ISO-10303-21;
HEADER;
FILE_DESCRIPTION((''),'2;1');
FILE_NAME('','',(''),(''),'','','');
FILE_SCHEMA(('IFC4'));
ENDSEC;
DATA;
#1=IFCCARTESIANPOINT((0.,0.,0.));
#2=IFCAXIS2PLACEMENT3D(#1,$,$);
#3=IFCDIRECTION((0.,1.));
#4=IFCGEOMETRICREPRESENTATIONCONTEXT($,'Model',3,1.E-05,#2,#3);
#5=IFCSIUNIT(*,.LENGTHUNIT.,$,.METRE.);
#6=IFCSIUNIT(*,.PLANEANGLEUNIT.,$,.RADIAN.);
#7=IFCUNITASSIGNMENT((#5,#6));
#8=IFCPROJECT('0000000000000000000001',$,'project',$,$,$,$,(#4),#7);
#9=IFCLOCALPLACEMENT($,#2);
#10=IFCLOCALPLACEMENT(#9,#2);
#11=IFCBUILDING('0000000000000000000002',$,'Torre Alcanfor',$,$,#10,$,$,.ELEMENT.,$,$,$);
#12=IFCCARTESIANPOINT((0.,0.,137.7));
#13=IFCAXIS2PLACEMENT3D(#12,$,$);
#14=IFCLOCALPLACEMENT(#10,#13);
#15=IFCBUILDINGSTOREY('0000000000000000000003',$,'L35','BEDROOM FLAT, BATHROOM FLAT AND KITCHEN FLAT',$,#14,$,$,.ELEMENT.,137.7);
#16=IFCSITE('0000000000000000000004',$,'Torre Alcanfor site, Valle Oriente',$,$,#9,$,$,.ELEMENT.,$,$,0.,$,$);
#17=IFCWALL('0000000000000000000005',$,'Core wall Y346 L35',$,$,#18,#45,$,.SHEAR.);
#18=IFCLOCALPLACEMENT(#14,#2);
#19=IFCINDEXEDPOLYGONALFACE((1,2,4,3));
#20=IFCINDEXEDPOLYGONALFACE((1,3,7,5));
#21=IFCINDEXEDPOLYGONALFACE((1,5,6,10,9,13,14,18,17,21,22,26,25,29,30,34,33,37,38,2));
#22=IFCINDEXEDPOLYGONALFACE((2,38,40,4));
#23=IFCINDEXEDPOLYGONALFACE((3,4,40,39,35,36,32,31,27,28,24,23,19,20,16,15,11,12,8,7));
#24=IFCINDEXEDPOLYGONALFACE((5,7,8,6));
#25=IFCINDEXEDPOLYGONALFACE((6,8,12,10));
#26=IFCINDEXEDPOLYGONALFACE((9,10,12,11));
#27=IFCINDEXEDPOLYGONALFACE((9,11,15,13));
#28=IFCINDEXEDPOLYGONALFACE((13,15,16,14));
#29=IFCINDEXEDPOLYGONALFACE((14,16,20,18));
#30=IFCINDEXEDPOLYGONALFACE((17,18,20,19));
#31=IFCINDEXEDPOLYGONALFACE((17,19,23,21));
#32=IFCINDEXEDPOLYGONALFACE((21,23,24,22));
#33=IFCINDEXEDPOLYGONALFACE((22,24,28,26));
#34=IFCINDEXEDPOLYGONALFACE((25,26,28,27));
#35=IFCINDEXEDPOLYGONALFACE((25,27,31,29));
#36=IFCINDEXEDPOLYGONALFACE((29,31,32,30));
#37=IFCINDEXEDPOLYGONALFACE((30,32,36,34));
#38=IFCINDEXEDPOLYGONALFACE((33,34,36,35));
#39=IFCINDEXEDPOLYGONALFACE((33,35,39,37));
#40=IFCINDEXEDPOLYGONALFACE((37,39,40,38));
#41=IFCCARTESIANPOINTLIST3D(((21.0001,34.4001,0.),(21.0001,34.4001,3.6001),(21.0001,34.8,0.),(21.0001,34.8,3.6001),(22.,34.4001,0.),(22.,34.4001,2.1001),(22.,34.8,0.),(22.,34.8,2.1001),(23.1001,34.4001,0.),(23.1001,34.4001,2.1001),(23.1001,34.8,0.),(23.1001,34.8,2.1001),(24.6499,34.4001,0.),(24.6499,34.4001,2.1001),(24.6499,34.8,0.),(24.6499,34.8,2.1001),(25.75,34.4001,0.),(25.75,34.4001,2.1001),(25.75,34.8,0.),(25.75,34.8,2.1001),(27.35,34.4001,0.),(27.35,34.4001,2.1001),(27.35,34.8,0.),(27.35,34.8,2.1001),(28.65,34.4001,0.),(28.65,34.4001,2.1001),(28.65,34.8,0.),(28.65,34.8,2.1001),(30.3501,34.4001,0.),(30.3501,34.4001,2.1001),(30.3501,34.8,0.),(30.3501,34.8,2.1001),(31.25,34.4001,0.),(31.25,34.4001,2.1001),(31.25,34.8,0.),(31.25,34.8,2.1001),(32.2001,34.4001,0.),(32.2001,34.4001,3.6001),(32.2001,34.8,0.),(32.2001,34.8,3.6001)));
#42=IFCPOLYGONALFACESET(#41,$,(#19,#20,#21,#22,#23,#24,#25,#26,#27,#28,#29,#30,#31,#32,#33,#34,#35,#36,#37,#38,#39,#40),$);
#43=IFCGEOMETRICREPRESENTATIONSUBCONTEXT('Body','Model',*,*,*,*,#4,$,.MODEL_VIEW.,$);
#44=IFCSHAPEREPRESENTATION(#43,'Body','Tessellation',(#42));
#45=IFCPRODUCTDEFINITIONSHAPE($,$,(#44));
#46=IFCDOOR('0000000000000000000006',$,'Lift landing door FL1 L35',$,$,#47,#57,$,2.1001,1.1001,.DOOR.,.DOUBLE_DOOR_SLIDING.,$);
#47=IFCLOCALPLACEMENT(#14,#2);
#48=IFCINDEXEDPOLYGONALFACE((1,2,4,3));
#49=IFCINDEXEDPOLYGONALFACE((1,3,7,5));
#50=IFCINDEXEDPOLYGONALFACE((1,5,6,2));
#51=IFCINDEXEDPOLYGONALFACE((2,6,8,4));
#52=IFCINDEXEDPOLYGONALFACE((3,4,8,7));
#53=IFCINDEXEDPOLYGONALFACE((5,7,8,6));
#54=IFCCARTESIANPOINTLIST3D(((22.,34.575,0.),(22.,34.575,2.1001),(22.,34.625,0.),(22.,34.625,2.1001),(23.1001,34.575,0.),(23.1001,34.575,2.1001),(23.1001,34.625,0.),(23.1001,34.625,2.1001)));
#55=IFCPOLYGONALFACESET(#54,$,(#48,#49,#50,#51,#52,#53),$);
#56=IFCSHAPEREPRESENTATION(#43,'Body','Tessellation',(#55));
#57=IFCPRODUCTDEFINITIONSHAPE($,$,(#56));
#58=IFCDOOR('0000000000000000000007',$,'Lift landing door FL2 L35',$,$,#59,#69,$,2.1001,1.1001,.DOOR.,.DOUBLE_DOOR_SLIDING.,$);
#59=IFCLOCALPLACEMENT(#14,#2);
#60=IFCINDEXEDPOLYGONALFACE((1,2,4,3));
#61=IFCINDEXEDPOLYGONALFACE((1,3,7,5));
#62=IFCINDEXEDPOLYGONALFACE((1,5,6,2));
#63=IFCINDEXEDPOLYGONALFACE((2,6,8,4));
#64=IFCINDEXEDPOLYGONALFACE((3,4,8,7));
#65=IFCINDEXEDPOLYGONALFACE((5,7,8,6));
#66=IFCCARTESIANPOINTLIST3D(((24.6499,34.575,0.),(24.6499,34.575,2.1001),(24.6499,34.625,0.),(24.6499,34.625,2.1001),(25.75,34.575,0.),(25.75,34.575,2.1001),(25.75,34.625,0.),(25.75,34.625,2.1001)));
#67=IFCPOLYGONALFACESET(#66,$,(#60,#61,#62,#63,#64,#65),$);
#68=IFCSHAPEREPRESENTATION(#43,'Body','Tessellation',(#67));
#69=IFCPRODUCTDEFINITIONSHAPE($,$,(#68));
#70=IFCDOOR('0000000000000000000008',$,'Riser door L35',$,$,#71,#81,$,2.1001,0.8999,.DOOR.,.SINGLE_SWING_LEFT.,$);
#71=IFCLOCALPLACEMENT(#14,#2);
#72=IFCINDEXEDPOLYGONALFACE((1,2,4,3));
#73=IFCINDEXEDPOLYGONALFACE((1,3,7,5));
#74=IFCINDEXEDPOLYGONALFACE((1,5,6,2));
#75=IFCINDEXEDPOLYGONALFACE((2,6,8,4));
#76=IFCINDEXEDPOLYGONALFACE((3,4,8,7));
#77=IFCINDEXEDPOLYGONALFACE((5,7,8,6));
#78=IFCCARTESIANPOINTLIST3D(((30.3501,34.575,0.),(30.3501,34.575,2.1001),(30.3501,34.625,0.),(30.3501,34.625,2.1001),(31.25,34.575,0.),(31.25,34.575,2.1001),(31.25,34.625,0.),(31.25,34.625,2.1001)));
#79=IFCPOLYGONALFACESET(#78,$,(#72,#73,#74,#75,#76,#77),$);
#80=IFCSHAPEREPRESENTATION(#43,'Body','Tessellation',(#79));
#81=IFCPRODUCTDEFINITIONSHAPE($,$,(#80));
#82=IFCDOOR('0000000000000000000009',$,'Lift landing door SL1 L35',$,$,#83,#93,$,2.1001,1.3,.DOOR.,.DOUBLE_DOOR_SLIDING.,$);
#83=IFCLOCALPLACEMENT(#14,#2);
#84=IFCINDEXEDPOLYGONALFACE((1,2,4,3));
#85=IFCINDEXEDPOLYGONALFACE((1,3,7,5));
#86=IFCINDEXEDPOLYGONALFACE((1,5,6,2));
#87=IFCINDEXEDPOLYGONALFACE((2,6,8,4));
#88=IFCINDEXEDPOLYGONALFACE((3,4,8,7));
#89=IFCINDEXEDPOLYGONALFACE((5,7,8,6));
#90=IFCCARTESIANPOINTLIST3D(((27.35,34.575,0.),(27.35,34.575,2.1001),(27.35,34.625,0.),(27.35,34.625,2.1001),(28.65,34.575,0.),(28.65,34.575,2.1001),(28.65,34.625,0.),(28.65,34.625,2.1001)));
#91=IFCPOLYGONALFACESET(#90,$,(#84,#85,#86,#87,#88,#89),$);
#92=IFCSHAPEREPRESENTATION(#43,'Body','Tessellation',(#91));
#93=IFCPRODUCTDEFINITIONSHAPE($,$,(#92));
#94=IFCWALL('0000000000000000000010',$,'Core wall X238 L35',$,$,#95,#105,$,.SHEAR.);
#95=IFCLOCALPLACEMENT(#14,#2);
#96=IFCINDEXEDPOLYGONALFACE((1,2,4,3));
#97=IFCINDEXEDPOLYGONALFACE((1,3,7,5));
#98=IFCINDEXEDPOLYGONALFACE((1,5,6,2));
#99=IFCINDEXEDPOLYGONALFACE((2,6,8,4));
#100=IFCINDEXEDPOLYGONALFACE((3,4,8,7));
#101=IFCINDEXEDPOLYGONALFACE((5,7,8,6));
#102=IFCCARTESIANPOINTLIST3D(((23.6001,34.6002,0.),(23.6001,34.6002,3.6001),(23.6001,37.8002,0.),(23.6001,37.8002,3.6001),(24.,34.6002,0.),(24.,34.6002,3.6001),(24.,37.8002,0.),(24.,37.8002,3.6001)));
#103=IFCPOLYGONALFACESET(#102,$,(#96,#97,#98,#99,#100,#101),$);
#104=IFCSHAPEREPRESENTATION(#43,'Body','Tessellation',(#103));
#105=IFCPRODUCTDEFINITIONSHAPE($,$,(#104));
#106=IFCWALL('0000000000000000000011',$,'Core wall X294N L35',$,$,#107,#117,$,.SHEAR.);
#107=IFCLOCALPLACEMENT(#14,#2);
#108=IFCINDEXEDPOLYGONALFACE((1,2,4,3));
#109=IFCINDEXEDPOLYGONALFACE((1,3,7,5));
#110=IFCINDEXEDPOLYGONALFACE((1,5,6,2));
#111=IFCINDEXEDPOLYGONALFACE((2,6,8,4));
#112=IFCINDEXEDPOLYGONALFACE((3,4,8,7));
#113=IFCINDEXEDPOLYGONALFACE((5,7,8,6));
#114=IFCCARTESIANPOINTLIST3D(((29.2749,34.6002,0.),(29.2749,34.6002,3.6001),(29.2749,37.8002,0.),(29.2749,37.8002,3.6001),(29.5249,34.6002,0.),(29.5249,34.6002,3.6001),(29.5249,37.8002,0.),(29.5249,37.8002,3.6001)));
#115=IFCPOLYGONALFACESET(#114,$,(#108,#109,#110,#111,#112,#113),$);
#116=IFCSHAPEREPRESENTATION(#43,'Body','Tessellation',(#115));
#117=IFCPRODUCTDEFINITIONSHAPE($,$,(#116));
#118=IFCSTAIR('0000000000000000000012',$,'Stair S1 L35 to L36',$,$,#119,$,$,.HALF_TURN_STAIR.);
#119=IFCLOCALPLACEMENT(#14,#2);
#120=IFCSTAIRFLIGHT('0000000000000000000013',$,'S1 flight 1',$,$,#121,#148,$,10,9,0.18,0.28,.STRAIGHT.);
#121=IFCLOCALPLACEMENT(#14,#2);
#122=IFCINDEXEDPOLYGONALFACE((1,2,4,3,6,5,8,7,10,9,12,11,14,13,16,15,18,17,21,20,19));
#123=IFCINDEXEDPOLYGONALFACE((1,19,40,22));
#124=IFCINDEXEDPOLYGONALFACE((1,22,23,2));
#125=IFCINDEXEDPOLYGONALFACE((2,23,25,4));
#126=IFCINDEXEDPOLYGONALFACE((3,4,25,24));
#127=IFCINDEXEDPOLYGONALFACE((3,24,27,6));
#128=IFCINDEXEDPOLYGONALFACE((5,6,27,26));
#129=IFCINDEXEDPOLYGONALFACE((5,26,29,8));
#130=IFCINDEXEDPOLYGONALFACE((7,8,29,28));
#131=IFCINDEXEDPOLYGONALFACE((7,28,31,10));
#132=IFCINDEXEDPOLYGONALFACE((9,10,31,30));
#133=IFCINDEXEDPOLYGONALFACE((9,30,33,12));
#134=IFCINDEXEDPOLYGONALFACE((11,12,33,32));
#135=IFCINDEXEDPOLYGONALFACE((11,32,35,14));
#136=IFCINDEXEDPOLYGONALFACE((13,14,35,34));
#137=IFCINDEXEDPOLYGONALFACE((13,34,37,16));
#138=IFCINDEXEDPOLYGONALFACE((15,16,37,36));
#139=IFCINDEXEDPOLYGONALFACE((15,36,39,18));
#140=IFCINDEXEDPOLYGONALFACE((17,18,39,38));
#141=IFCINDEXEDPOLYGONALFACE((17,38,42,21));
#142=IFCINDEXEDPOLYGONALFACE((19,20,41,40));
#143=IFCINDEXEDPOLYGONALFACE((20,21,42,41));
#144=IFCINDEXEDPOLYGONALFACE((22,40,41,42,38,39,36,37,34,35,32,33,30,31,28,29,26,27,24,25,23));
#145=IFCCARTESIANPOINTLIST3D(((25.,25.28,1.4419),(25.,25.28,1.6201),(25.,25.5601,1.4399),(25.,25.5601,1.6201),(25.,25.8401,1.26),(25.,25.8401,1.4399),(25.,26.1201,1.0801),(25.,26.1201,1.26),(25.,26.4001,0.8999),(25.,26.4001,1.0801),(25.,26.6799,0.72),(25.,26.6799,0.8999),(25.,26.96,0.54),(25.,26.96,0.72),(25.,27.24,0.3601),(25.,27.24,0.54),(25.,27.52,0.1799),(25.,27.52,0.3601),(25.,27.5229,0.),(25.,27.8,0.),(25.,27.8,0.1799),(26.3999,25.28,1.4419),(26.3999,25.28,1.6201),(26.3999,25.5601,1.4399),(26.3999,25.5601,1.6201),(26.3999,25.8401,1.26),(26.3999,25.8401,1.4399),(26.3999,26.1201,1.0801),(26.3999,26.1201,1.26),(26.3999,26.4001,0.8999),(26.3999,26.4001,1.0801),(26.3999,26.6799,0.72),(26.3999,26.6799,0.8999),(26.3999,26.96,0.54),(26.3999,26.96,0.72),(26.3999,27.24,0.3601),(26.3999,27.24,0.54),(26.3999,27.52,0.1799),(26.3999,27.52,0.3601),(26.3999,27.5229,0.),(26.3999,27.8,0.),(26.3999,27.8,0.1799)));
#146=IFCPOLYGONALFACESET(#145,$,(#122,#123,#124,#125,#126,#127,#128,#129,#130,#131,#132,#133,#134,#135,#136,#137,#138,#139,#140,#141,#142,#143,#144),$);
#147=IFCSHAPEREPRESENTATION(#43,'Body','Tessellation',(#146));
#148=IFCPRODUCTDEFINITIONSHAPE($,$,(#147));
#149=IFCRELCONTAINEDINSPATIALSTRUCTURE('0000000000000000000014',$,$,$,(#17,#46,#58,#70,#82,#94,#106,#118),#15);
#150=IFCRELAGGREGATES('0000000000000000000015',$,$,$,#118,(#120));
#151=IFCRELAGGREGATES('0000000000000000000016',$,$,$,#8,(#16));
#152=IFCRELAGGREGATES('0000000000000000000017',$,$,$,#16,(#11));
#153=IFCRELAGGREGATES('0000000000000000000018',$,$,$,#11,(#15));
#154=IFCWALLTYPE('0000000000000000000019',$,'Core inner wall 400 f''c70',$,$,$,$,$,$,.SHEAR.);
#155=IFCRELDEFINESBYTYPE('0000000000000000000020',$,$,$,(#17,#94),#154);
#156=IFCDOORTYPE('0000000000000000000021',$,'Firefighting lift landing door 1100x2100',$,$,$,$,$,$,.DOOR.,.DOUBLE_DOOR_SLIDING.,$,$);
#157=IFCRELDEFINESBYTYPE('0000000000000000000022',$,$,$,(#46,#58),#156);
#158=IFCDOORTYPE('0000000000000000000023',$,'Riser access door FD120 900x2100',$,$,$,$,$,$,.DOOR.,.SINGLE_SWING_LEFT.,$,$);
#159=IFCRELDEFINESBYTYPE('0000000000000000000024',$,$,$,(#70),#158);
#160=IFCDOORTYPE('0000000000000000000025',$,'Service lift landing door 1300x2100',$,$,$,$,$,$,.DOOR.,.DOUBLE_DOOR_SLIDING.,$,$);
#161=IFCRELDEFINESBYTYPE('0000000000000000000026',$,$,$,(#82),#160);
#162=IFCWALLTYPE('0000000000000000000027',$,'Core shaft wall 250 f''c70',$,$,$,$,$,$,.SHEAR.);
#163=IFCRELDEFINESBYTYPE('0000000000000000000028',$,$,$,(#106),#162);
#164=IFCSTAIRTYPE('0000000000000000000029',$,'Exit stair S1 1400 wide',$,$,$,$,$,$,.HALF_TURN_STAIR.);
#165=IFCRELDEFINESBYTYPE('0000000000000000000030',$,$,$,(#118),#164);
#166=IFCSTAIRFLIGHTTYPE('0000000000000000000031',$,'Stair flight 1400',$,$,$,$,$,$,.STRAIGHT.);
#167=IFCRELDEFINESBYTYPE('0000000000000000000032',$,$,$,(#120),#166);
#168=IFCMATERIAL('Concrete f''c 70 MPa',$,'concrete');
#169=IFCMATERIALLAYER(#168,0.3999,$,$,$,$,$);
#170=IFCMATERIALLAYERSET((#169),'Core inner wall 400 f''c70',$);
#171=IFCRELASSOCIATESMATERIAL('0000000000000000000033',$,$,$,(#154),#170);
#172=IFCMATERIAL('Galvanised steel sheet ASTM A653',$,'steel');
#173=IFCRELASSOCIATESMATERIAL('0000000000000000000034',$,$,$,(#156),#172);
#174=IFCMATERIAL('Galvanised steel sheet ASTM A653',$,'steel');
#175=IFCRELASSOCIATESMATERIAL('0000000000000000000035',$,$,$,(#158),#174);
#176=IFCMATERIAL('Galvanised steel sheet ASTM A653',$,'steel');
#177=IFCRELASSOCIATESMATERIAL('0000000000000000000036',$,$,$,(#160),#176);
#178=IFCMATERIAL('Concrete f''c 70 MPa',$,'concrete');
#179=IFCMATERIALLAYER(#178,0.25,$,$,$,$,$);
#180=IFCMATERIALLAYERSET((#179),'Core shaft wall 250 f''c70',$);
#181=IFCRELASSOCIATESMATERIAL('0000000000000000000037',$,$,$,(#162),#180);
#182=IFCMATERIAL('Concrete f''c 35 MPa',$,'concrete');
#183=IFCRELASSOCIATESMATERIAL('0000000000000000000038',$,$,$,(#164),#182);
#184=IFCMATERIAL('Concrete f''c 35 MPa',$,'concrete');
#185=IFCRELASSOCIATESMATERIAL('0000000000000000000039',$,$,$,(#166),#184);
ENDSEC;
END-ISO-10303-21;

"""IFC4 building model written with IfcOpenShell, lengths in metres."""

from ifc_helpers import new_model, si_unit, direction, frame, frame_2d, origin, place, context, subcontext, project, spatial, polyline, rectangle, outline, extrude, material, layer, layer_set, type_object, element, fill, aggregate, save


model = new_model("IFC4")

# Units and contexts
model_context = context("Model", 3, precision=1e-05, world=origin(), true_north=direction((0.0, 1.0)))
body_context = subcontext(model_context, "Body", "Model", "MODEL_VIEW")
ifc_project = project(units=[si_unit("LENGTHUNIT", "METRE"), si_unit("PLANEANGLEUNIT", "RADIAN")], contexts=[model_context])

# Site, building, storey
site_placement = place(None, origin())
site = spatial("IfcSite", under=ifc_project, at=site_placement, Name="Torre Alcanfor site, Valle Oriente", CompositionType="ELEMENT", RefElevation=0.0)
building_placement = place(site_placement, origin())
building = spatial("IfcBuilding", under=site, at=building_placement, Name="Torre Alcanfor", CompositionType="ELEMENT")
storey_placement = place(building_placement, frame((0.0, 0.0, 137.7)))
storey = spatial("IfcBuildingStorey", under=building, at=storey_placement, Name="L35", Description="BEDROOM FLAT, BATHROOM FLAT AND KITCHEN FLAT", CompositionType="ELEMENT", Elevation=137.7)

# Shared definitions
ifc_material_1 = material(Name="Concrete f'c 70 MPa", Category="concrete")
ifc_layer_1 = layer(ifc_material_1, 0.3999)
ifc_layer_set_1 = layer_set([ifc_layer_1], Name="Core inner wall 400 f'c70")
wall_type_1 = type_object("IfcWallType", Name="Core inner wall 400 f'c70", PredefinedType="SHEAR", material=ifc_layer_set_1)

# Wall, openings, doors
wall_1_placement = place(storey_placement, frame((21.0, 34.6001, 0.0), z_axis=(0.0, 0.0, 1.0), x_axis=(1.0, 0.0, 0.0)))
wall_1 = element("IfcWall", 1, at=wall_1_placement, inside=storey, type_object=wall_type_1, Name="Core wall Y346 L35", PredefinedType="SHEAR", context=body_context, shape_type="SweptSolid", body=[
    extrude(rectangle(XDim=11.2, YDim=0.3999, at=frame_2d((5.6001, 0.0))), origin(), (0.0, 0.0, 1.0), 3.6001),
])
opening_1_placement = place(wall_1_placement, frame((9.3501, 0.0, 0.0)))
opening_1 = element("IfcOpeningElement", 2, at=opening_1_placement, cuts=wall_1, PredefinedType="OPENING", context=body_context, shape_type="SweptSolid", body=[
    extrude(rectangle(XDim=0.8999, YDim=2.1001, at=frame_2d((0.45, 1.05))), frame((0.0, 0.21, 0.0), z_axis=(0.0, -1.0, 0.0), x_axis=(1.0, 0.0, 0.0)), (0.0, 0.0, 1.0), 0.4199),
])
opening_2_placement = place(wall_1_placement, frame((1.0, 0.0, 0.0)))
opening_2 = element("IfcOpeningElement", 3, at=opening_2_placement, cuts=wall_1, PredefinedType="OPENING", context=body_context, shape_type="SweptSolid", body=[
    extrude(rectangle(XDim=1.1001, YDim=2.1001, at=frame_2d((0.55, 1.05))), frame((0.0, 0.21, 0.0), z_axis=(0.0, -1.0, 0.0), x_axis=(1.0, 0.0, 0.0)), (0.0, 0.0, 1.0), 0.4199),
])
opening_3_placement = place(wall_1_placement, frame((3.6499, 0.0, 0.0)))
opening_3 = element("IfcOpeningElement", 4, at=opening_3_placement, cuts=wall_1, PredefinedType="OPENING", context=body_context, shape_type="SweptSolid", body=[
    extrude(rectangle(XDim=1.1001, YDim=2.1001, at=frame_2d((0.55, 1.05))), frame((0.0, 0.21, 0.0), z_axis=(0.0, -1.0, 0.0), x_axis=(1.0, 0.0, 0.0)), (0.0, 0.0, 1.0), 0.4199),
])
opening_4_placement = place(wall_1_placement, frame((6.3501, 0.0, 0.0)))
opening_4 = element("IfcOpeningElement", 5, at=opening_4_placement, cuts=wall_1, PredefinedType="OPENING", context=body_context, shape_type="SweptSolid", body=[
    extrude(rectangle(XDim=1.3, YDim=2.1001, at=frame_2d((0.6499, 1.05))), frame((0.0, 0.21, 0.0), z_axis=(0.0, -1.0, 0.0), x_axis=(1.0, 0.0, 0.0)), (0.0, 0.0, 1.0), 0.4199),
])
ifc_material_2 = material(Name="Galvanised steel sheet ASTM A653", Category="steel")
door_type_1 = type_object("IfcDoorType", Name="Firefighting lift landing door 1100x2100", OperationType="DOUBLE_DOOR_SLIDING", PredefinedType="DOOR", material=ifc_material_2)
door_1_placement = place(opening_2_placement, origin())
door_1 = element("IfcDoor", 6, at=door_1_placement, inside=storey, type_object=door_type_1, Name="Lift landing door FL1 L35", OperationType="DOUBLE_DOOR_SLIDING", OverallHeight=2.1001, OverallWidth=1.1001, PredefinedType="DOOR", context=body_context, shape_type="SweptSolid", body=[
    extrude(rectangle(XDim=1.1001, YDim=2.1001, at=frame_2d((0.55, 1.05))), frame((0.0, 0.0249, 0.0), z_axis=(0.0, -1.0, 0.0), x_axis=(1.0, 0.0, 0.0)), (0.0, 0.0, 1.0), 0.05),
])
fill(opening_2, door_1)
door_2_placement = place(opening_3_placement, origin())
door_2 = element("IfcDoor", 7, at=door_2_placement, inside=storey, type_object=door_type_1, Name="Lift landing door FL2 L35", OperationType="DOUBLE_DOOR_SLIDING", OverallHeight=2.1001, OverallWidth=1.1001, PredefinedType="DOOR", context=body_context, shape_type="SweptSolid", body=[
    extrude(rectangle(XDim=1.1001, YDim=2.1001, at=frame_2d((0.55, 1.05))), frame((0.0, 0.0249, 0.0), z_axis=(0.0, -1.0, 0.0), x_axis=(1.0, 0.0, 0.0)), (0.0, 0.0, 1.0), 0.05),
])
fill(opening_3, door_2)
ifc_material_3 = material(Name="Galvanised steel sheet ASTM A653", Category="steel")
door_type_2 = type_object("IfcDoorType", Name="Riser access door FD120 900x2100", OperationType="SINGLE_SWING_LEFT", PredefinedType="DOOR", material=ifc_material_3)
door_3_placement = place(opening_1_placement, origin())
door_3 = element("IfcDoor", 8, at=door_3_placement, inside=storey, type_object=door_type_2, Name="Riser door L35", OperationType="SINGLE_SWING_LEFT", OverallHeight=2.1001, OverallWidth=0.8999, PredefinedType="DOOR", context=body_context, shape_type="SweptSolid", body=[
    extrude(rectangle(XDim=0.8999, YDim=2.1001, at=frame_2d((0.45, 1.05))), frame((0.0, 0.0249, 0.0), z_axis=(0.0, -1.0, 0.0), x_axis=(1.0, 0.0, 0.0)), (0.0, 0.0, 1.0), 0.05),
])
fill(opening_1, door_3)
ifc_material_4 = material(Name="Galvanised steel sheet ASTM A653", Category="steel")
door_type_3 = type_object("IfcDoorType", Name="Service lift landing door 1300x2100", OperationType="DOUBLE_DOOR_SLIDING", PredefinedType="DOOR", material=ifc_material_4)
door_4_placement = place(opening_4_placement, origin())
door_4 = element("IfcDoor", 9, at=door_4_placement, inside=storey, type_object=door_type_3, Name="Lift landing door SL1 L35", OperationType="DOUBLE_DOOR_SLIDING", OverallHeight=2.1001, OverallWidth=1.3, PredefinedType="DOOR", context=body_context, shape_type="SweptSolid", body=[
    extrude(rectangle(XDim=1.3, YDim=2.1001, at=frame_2d((0.6499, 1.05))), frame((0.0, 0.0249, 0.0), z_axis=(0.0, -1.0, 0.0), x_axis=(1.0, 0.0, 0.0)), (0.0, 0.0, 1.0), 0.05),
])
fill(opening_4, door_4)

# Walls
wall_2_placement = place(storey_placement, frame((23.8, 34.6001, 0.0), z_axis=(0.0, 0.0, 1.0), x_axis=(0.0, 1.0, 0.0)))
element("IfcWall", 10, at=wall_2_placement, inside=storey, type_object=wall_type_1, Name="Core wall X238 L35", PredefinedType="SHEAR", context=body_context, shape_type="SweptSolid", body=[
    extrude(rectangle(XDim=3.2, YDim=0.3999, at=frame_2d((1.6001, 0.0))), origin(), (0.0, 0.0, 1.0), 3.6001),
])
ifc_material_5 = material(Name="Concrete f'c 70 MPa", Category="concrete")
ifc_layer_2 = layer(ifc_material_5, 0.25)
ifc_layer_set_2 = layer_set([ifc_layer_2], Name="Core shaft wall 250 f'c70")
wall_type_2 = type_object("IfcWallType", Name="Core shaft wall 250 f'c70", PredefinedType="SHEAR", material=ifc_layer_set_2)
wall_3_placement = place(storey_placement, frame((29.3999, 34.6001, 0.0), z_axis=(0.0, 0.0, 1.0), x_axis=(0.0, 1.0, 0.0)))
element("IfcWall", 11, at=wall_3_placement, inside=storey, type_object=wall_type_2, Name="Core wall X294N L35", PredefinedType="SHEAR", context=body_context, shape_type="SweptSolid", body=[
    extrude(rectangle(XDim=3.2, YDim=0.25, at=frame_2d((1.6001, 0.0))), origin(), (0.0, 0.0, 1.0), 3.6001),
])

# Stair, stair flight
ifc_material_6 = material(Name="Concrete f'c 35 MPa", Category="concrete")
stair_type = type_object("IfcStairType", Name="Exit stair S1 1400 wide", PredefinedType="HALF_TURN_STAIR", material=ifc_material_6)
stair_placement = place(storey_placement, origin())
stair = element("IfcStair", 12, at=stair_placement, inside=storey, type_object=stair_type, Name="Stair S1 L35 to L36", PredefinedType="HALF_TURN_STAIR")
ifc_material_7 = material(Name="Concrete f'c 35 MPa", Category="concrete")
stair_flight_type = type_object("IfcStairFlightType", Name="Stair flight 1400", PredefinedType="STRAIGHT", material=ifc_material_7)
stair_flight_placement = place(storey_placement, frame((25.7, 27.8, 0.0), z_axis=(0.0, 0.0, 1.0), x_axis=(0.0, -1.0, 0.0)))
stair_flight = element("IfcStairFlight", 13, at=stair_flight_placement, type_object=stair_flight_type, Name="S1 flight 1", NumberOfRisers=10, NumberOfTreads=9, PredefinedType="STRAIGHT", RiserHeight=0.18, TreadLength=0.28, context=body_context, shape_type="SweptSolid", body=[
    extrude(outline(polyline([(0.0, 0.0), (0.0, 0.1799), (0.28, 0.1799), (0.28, 0.3601), (0.5601, 0.3601), (0.5601, 0.54), (0.8401, 0.54), (0.8401, 0.72), (1.1201, 0.72), (1.1201, 0.8999), (1.3999, 0.8999), (1.3999, 1.0801), (1.6799, 1.0801), (1.6799, 1.26), (1.96, 1.26), (1.96, 1.4399), (2.24, 1.4399), (2.24, 1.6201), (2.52, 1.6201), (2.52, 1.8), (2.52, 1.4419), (0.2771, 0.0), (0.0, 0.0)])), frame((0.0, 0.7, 0.0), z_axis=(0.0, -1.0, 0.0), x_axis=(1.0, 0.0, 0.0)), (0.0, 0.0, 1.0), 1.3999),
])
aggregate(stair, [stair_flight])

save(model, "model.ifc")
